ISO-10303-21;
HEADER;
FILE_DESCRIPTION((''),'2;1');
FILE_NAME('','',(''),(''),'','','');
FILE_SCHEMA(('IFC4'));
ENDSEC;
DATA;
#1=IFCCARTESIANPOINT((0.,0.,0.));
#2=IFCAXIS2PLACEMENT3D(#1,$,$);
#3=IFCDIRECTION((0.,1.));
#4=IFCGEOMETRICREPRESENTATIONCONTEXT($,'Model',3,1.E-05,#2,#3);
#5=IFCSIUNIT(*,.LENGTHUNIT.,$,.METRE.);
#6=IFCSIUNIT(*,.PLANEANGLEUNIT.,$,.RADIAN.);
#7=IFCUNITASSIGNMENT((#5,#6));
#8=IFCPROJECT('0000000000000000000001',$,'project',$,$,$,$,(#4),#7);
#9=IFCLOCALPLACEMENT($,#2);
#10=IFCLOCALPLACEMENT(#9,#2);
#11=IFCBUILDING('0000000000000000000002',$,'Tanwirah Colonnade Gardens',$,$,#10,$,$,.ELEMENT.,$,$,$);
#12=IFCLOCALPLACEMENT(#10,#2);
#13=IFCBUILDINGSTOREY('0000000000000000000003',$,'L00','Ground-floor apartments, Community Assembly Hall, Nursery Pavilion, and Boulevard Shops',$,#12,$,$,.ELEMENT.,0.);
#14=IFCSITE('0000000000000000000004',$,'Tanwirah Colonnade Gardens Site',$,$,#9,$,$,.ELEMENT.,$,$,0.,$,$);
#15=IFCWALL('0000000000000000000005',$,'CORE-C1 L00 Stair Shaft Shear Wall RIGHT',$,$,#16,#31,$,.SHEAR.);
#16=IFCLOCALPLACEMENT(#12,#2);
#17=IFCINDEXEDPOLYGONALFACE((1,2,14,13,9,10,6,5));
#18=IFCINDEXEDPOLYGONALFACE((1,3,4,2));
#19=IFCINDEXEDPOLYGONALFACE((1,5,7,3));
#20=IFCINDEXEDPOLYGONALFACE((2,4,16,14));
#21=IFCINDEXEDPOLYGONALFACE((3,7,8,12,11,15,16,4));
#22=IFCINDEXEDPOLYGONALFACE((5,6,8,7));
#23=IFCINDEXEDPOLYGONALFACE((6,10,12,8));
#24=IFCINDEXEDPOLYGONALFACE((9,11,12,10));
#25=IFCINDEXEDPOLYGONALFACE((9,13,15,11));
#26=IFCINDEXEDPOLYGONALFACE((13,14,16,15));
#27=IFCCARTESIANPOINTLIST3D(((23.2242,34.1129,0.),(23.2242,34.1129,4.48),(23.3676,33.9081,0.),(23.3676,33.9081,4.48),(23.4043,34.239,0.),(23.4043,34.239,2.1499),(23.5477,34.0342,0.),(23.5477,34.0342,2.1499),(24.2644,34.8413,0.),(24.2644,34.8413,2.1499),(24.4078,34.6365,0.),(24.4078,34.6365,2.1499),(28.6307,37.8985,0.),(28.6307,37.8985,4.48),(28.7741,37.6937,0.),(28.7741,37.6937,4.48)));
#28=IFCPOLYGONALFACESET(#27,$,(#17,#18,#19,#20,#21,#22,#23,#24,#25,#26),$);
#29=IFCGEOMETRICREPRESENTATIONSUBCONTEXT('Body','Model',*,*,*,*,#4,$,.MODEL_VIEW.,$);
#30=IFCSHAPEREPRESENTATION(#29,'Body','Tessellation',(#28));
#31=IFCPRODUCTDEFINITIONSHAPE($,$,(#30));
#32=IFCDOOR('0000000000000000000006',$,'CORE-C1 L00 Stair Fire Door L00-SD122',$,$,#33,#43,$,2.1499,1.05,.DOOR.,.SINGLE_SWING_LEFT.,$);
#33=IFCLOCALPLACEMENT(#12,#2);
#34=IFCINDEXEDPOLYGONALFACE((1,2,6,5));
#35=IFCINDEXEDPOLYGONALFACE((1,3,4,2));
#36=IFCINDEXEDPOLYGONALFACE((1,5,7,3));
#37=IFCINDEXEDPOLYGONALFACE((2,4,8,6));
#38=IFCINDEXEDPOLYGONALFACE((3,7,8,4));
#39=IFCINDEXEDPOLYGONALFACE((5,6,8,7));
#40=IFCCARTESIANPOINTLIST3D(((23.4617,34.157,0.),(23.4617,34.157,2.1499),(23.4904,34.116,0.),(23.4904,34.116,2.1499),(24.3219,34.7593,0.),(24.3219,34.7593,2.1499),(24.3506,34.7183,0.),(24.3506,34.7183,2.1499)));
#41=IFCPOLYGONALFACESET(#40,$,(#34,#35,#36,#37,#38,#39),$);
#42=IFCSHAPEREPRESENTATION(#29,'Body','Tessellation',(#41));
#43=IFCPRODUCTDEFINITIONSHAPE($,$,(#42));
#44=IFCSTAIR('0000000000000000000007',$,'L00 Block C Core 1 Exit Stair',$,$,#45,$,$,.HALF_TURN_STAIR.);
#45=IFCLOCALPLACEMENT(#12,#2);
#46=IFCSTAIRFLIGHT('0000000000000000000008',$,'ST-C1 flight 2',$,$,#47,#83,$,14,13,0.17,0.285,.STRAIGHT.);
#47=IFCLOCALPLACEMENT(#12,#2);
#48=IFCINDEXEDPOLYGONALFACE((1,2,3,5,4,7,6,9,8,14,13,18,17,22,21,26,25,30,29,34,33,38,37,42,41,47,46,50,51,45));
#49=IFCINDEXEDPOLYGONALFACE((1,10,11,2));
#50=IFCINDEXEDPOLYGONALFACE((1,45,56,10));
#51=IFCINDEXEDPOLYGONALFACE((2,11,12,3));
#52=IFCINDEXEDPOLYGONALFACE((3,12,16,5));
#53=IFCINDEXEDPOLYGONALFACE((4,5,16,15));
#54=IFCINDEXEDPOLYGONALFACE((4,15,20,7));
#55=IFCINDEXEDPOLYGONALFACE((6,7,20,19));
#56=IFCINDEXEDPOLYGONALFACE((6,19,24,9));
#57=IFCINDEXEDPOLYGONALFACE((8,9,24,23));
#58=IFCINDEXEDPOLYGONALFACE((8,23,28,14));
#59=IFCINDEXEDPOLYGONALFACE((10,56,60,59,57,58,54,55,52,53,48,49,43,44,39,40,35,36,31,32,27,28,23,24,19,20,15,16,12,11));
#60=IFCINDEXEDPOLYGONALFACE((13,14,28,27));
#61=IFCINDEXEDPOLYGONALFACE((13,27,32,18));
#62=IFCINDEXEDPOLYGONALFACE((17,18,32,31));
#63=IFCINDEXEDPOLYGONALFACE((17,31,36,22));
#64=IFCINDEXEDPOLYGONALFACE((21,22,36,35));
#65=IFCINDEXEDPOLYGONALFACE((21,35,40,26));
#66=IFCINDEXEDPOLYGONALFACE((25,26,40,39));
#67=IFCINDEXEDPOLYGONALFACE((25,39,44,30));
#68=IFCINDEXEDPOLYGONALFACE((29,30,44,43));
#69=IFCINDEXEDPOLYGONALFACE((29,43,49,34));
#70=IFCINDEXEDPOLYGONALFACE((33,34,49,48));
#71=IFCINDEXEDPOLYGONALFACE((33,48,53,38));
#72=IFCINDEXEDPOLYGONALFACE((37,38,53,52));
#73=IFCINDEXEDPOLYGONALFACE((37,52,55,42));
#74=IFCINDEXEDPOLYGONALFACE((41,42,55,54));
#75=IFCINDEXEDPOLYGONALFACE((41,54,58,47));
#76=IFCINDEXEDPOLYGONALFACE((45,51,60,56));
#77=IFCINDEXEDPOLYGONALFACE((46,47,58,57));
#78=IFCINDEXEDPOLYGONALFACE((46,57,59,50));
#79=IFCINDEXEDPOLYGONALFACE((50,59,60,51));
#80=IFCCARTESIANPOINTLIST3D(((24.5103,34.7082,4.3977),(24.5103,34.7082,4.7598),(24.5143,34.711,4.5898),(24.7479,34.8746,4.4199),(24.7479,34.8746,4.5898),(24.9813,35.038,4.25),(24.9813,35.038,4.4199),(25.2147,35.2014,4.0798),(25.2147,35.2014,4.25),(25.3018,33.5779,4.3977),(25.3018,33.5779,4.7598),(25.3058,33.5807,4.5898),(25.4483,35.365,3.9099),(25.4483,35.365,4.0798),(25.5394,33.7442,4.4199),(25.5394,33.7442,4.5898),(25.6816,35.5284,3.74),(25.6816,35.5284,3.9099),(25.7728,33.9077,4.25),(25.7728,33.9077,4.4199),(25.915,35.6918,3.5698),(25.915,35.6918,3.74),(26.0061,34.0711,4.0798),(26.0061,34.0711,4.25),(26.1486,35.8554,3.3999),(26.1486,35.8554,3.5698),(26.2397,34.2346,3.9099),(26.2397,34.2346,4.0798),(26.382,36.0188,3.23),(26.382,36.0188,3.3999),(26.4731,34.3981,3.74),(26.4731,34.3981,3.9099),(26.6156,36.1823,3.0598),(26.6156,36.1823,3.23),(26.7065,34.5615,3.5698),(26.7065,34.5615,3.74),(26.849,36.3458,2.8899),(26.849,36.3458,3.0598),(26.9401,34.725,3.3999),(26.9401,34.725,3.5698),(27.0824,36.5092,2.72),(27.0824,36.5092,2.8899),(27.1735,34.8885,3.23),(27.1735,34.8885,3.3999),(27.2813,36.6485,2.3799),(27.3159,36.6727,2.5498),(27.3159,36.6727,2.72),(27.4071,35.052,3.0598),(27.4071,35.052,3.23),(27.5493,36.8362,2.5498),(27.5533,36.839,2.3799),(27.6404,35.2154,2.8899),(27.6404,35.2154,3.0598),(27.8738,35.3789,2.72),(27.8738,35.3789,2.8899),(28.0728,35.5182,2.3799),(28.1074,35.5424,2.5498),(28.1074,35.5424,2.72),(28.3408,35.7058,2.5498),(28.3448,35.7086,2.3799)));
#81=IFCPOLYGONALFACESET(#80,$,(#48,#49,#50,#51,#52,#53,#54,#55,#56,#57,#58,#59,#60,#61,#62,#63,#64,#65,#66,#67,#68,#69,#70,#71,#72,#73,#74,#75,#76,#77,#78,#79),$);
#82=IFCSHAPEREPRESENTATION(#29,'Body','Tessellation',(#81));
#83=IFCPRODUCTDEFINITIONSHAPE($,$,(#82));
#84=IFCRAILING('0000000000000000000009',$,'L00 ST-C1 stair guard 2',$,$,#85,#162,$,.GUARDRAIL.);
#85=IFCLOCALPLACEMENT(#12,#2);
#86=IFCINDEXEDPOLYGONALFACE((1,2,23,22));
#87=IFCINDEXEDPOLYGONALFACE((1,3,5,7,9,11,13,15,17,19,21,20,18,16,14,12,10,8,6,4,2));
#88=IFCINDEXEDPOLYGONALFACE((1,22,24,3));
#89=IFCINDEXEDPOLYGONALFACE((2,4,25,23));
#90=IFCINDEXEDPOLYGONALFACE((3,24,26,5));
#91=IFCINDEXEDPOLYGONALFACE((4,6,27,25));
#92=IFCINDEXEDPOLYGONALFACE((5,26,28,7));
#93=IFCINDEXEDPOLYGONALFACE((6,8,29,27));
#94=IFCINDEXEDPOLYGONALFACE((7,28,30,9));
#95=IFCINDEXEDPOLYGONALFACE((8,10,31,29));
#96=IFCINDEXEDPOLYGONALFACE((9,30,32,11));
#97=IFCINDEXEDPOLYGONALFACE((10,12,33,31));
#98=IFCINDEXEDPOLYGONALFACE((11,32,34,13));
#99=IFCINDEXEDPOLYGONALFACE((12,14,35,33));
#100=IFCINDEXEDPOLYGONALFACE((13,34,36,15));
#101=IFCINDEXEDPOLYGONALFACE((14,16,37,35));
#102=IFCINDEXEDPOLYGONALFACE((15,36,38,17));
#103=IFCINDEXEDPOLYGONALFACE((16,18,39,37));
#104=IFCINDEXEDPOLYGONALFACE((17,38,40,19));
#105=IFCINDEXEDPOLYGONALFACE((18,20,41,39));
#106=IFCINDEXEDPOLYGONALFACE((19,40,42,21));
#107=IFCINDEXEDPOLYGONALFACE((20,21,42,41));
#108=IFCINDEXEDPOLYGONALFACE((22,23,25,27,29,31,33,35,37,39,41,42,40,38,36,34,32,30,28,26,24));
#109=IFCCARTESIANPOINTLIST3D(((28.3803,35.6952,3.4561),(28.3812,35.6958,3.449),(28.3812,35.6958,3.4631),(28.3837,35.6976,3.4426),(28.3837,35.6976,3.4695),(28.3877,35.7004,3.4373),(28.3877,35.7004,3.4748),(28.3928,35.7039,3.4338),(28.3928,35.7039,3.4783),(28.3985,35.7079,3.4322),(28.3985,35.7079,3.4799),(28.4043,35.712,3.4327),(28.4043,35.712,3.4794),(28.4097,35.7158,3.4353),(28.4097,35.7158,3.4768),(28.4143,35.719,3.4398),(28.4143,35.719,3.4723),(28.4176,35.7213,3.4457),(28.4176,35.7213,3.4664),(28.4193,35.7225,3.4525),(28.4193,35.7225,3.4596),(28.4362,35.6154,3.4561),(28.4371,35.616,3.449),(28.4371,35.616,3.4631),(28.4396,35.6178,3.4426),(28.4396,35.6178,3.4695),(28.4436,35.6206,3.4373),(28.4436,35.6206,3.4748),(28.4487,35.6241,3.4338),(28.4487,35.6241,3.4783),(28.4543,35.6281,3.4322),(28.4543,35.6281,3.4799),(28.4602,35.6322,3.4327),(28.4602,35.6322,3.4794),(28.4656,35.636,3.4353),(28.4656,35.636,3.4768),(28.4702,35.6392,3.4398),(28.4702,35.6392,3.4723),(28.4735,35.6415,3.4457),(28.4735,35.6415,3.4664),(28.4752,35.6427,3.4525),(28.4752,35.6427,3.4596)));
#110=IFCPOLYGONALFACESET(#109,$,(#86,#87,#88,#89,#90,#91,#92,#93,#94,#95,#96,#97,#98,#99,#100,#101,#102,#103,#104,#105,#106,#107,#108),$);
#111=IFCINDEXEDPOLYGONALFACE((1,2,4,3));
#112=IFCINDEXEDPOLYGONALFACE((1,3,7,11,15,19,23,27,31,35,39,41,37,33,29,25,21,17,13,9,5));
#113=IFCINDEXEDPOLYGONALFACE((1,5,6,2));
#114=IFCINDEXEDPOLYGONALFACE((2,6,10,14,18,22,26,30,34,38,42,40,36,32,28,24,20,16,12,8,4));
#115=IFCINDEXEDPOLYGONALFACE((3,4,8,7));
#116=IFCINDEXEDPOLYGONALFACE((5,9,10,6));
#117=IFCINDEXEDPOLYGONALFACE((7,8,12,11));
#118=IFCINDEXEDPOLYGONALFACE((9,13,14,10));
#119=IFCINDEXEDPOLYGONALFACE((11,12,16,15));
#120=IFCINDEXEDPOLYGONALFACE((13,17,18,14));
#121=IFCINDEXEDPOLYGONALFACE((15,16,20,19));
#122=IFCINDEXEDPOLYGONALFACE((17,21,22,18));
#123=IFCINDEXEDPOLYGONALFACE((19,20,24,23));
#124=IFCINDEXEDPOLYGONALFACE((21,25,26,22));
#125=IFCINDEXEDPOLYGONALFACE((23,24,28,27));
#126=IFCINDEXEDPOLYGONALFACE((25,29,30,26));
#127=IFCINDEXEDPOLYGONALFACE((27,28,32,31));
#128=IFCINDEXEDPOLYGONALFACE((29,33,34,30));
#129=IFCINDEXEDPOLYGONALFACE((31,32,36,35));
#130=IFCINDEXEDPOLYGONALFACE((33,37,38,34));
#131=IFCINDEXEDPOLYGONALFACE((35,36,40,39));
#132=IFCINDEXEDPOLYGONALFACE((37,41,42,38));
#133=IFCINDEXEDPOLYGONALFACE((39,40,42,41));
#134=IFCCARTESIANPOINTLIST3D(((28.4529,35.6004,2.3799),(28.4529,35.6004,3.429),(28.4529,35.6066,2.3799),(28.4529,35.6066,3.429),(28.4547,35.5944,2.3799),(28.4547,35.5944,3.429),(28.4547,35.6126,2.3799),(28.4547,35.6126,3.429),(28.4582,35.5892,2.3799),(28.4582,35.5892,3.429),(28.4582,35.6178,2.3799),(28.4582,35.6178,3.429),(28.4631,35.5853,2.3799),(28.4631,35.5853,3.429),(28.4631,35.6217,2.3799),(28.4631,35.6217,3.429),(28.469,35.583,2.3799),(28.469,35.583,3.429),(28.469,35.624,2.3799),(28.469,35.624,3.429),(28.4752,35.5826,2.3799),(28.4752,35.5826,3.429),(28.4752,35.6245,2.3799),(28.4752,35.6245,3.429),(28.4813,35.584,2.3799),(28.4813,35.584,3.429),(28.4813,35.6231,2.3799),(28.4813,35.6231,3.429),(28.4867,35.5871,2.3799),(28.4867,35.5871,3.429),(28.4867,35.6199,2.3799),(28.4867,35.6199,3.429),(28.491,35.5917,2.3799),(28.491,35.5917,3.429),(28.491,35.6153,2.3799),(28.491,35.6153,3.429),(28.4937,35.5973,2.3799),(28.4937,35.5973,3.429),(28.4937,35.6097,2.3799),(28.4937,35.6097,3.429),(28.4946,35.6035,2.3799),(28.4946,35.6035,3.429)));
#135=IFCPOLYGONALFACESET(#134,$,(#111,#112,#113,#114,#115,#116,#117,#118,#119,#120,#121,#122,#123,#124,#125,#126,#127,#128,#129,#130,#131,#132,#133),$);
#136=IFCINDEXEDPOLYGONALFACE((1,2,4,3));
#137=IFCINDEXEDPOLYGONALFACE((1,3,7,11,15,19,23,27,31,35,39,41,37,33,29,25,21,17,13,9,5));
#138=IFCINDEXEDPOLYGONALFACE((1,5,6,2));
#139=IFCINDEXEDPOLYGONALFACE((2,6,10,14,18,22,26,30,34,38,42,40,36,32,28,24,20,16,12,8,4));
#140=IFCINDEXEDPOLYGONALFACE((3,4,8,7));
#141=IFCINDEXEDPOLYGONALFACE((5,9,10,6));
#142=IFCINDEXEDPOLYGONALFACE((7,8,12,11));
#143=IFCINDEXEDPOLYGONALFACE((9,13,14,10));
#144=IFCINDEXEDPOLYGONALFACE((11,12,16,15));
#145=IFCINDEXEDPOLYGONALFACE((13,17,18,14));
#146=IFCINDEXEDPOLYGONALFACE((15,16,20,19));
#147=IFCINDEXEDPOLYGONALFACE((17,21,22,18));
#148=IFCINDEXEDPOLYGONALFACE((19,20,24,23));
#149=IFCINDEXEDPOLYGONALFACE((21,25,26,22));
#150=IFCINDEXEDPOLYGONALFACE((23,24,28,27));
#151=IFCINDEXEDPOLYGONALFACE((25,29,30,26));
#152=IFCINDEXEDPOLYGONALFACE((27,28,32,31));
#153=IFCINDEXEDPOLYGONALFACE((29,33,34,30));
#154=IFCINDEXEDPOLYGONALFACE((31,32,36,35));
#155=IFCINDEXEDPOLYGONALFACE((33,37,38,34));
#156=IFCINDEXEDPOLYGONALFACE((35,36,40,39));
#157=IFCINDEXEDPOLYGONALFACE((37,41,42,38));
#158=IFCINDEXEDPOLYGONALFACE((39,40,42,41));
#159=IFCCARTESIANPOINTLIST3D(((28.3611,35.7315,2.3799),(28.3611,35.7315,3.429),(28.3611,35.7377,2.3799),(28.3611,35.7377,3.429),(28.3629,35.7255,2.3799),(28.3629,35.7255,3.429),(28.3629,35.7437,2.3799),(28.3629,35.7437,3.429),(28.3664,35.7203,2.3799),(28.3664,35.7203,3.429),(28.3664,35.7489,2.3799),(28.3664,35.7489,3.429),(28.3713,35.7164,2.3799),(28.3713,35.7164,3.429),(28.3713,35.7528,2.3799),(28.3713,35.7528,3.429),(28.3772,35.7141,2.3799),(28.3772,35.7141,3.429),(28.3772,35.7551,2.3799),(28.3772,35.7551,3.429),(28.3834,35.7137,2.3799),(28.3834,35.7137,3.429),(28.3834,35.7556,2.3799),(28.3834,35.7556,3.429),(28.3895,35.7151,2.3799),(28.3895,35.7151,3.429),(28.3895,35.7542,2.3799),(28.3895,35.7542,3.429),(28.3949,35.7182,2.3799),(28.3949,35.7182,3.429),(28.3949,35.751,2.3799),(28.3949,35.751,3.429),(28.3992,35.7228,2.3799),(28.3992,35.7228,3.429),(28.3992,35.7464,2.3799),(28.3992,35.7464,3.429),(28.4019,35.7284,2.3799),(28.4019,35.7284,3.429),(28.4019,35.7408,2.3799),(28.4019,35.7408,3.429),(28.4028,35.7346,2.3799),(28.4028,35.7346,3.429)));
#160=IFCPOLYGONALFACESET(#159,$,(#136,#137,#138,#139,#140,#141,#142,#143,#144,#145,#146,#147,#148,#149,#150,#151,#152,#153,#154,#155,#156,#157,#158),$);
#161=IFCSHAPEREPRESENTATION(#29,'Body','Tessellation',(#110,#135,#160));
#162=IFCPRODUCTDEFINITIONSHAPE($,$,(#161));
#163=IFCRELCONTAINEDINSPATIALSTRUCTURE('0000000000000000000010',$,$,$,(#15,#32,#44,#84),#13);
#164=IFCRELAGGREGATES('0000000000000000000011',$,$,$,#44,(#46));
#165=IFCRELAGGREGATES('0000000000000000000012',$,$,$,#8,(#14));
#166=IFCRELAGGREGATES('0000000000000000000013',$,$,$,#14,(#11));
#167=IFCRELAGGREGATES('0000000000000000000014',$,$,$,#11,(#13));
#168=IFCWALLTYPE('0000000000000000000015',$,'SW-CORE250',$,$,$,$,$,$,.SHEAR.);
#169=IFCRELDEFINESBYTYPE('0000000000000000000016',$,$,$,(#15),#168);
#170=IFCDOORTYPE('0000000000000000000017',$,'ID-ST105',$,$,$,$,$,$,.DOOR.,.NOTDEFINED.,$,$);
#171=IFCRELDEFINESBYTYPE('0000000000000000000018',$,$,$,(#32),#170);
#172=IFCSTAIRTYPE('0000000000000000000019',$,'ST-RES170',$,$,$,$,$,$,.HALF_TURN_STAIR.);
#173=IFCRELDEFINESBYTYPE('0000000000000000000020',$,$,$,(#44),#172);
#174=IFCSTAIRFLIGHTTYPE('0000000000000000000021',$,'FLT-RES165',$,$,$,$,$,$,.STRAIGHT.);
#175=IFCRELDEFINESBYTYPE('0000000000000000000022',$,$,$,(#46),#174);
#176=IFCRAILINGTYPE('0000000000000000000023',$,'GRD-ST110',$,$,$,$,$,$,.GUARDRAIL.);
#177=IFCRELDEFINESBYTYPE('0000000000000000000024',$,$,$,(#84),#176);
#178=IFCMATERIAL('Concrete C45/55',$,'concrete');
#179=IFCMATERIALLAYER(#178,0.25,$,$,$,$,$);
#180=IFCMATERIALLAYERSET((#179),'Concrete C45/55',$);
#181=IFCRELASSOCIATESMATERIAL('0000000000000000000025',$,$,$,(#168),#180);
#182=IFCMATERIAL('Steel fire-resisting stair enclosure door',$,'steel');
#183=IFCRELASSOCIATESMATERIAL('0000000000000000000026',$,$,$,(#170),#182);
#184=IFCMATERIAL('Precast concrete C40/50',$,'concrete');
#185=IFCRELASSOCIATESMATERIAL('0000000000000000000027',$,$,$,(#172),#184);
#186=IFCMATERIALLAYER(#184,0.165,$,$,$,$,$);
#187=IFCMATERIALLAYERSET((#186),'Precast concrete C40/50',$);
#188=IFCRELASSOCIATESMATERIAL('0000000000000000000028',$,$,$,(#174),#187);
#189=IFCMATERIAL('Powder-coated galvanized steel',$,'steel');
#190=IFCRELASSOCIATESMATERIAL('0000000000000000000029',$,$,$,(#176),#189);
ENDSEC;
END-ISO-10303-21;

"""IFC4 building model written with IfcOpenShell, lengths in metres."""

from ifc_helpers import new_model, si_unit, direction, frame, frame_2d, origin, origin_2d, place, context, subcontext, project, spatial, polyline, rectangle, circle, outline, extrude, material, layer, layer_set, type_object, element, fill, aggregate, save


model = new_model("IFC4")

# Units and contexts
model_context = context("Model", 3, precision=1e-05, world=origin(), true_north=direction((0.0, 1.0)))
body_context = subcontext(model_context, "Body", "Model", "MODEL_VIEW")
ifc_project = project(units=[si_unit("LENGTHUNIT", "METRE"), si_unit("PLANEANGLEUNIT", "RADIAN")], contexts=[model_context])

# Site, building, storey
site_placement = place(None, origin())
site = spatial("IfcSite", under=ifc_project, at=site_placement, Name="Tanwirah Colonnade Gardens Site", CompositionType="ELEMENT", RefElevation=0.0)
building_placement = place(site_placement, origin())
building = spatial("IfcBuilding", under=site, at=building_placement, Name="Tanwirah Colonnade Gardens", CompositionType="ELEMENT")
storey_placement = place(building_placement, origin())
storey = spatial("IfcBuildingStorey", under=building, at=storey_placement, Name="L00", Description="Ground-floor apartments, Community Assembly Hall, Nursery Pavilion, and Boulevard Shops", CompositionType="ELEMENT", Elevation=0.0)

# Shared definitions
ifc_material_1 = material(Name="Concrete C45/55", Category="concrete")
ifc_layer_1 = layer(ifc_material_1, 0.25)
ifc_layer_set_1 = layer_set([ifc_layer_1], Name="Concrete C45/55")
wall_type_1 = type_object("IfcWallType", Name="SW-CORE250", PredefinedType="SHEAR", material=ifc_layer_set_1)

# Wall, opening, door
wall_1_placement = place(storey_placement, frame((23.2959, 34.0105, 0.0), z_axis=(0.0, 0.0, 1.0), x_axis=(0.819154, 0.573574, 0.0)))
wall_1 = element("IfcWall", 1, at=wall_1_placement, inside=storey, type_object=wall_type_1, Name="CORE-C1 L00 Stair Shaft Shear Wall RIGHT", PredefinedType="SHEAR", context=body_context, shape_type="SweptSolid", body=[
    extrude(rectangle(XDim=6.6001, YDim=0.25, at=frame_2d((3.3, 0.0))), origin(), (0.0, 0.0, 1.0), 4.48),
])
opening_1_placement = place(wall_1_placement, frame((0.22, 0.0, 0.0)))
opening_1 = element("IfcOpeningElement", 2, at=opening_1_placement, cuts=wall_1, PredefinedType="OPENING", context=body_context, shape_type="SweptSolid", body=[
    extrude(rectangle(XDim=1.05, YDim=2.1499, at=frame_2d((0.5249, 1.075))), frame((0.0, 0.135, 0.0), z_axis=(0.0, -1.0, 0.0), x_axis=(1.0, 0.0, 0.0)), (0.0, 0.0, 1.0), 0.27),
])
ifc_material_2 = material(Name="Steel fire-resisting stair enclosure door", Category="steel")
door_type_1 = type_object("IfcDoorType", Name="ID-ST105", OperationType="NOTDEFINED", PredefinedType="DOOR", material=ifc_material_2)
door_1_placement = place(opening_1_placement, origin())
door_1 = element("IfcDoor", 3, at=door_1_placement, inside=storey, type_object=door_type_1, Name="CORE-C1 L00 Stair Fire Door L00-SD122", OperationType="SINGLE_SWING_LEFT", OverallHeight=2.1499, OverallWidth=1.05, PredefinedType="DOOR", context=body_context, shape_type="SweptSolid", body=[
    extrude(rectangle(XDim=1.05, YDim=2.1499, at=frame_2d((0.5249, 1.075))), frame((0.0, 0.0249, 0.0), z_axis=(0.0, -1.0, 0.0), x_axis=(1.0, 0.0, 0.0)), (0.0, 0.0, 1.0), 0.05),
])
fill(opening_1, door_1)

# Stair, stair flight
ifc_material_3 = material(Name="Precast concrete C40/50", Category="concrete")
stair_type = type_object("IfcStairType", Name="ST-RES170", PredefinedType="HALF_TURN_STAIR", material=ifc_material_3)
stair_placement = place(storey_placement, origin())
stair = element("IfcStair", 4, at=stair_placement, inside=storey, type_object=stair_type, Name="L00 Block C Core 1 Exit Stair", PredefinedType="HALF_TURN_STAIR")
ifc_layer_2 = layer(ifc_material_3, 0.165)
ifc_layer_set_2 = layer_set([ifc_layer_2], Name="Precast concrete C40/50")
stair_flight_type = type_object("IfcStairFlightType", Name="FLT-RES165", PredefinedType="STRAIGHT", material=ifc_layer_set_2)
stair_flight_placement = place(storey_placement, frame((27.9451, 36.271, 2.3799), z_axis=(0.0, 0.0, 1.0), x_axis=(-0.819152, -0.573576, 0.0)))
stair_flight = element("IfcStairFlight", 5, at=stair_flight_placement, type_object=stair_flight_type, Name="ST-C1 flight 2", NumberOfRisers=14, NumberOfTreads=13, PredefinedType="STRAIGHT", RiserHeight=0.17, TreadLength=0.285, context=body_context, shape_type="SweptSolid", body=[
    extrude(outline(polyline([(-0.0049, 0.0), (0.0, 0.1699), (0.2849, 0.1699), (0.2849, 0.3401), (0.5701, 0.3401), (0.5701, 0.51), (0.855, 0.51), (0.855, 0.6799), (1.1399, 0.6799), (1.1399, 0.8501), (1.425, 0.8501), (1.425, 1.02), (1.71, 1.02), (1.71, 1.1899), (1.9951, 1.1899), (1.9951, 1.3601), (2.28, 1.3601), (2.28, 1.53), (2.5649, 1.53), (2.5649, 1.7), (2.8501, 1.7), (2.8501, 1.8701), (3.135, 1.8701), (3.135, 2.04), (3.4199, 2.04), (3.4199, 2.21), (3.7051, 2.21), (3.71, 2.3799), (3.71, 2.0178), (0.3271, 0.0), (-0.0049, 0.0)])), frame((0.0, 0.6899, 0.0), z_axis=(0.0, -1.0, 0.0), x_axis=(1.0, 0.0, 0.0)), (0.0, 0.0, 1.0), 1.3799),
])
aggregate(stair, [stair_flight])

# Railing
ifc_material_4 = material(Name="Powder-coated galvanized steel", Category="steel")
railing_type_1 = type_object("IfcRailingType", Name="GRD-ST110", PredefinedType="GUARDRAIL", material=ifc_material_4)
railing_1_placement = place(storey_placement, frame((28.4736, 35.6035, 2.3799)))
element("IfcRailing", 6, at=railing_1_placement, inside=storey, type_object=railing_type_1, Name="L00 ST-C1 stair guard 2", PredefinedType="GUARDRAIL", context=body_context, shape_type="SweptSolid", body=[
    extrude(circle(Radius=0.0239, at=origin_2d()), frame((-0.0178, 0.0256, 1.0762), z_axis=(-0.573565, 0.81916, 0.0), x_axis=(-0.81916, -0.573565, 0.0)), (0.0, 0.0, 1.0), 0.0974),
    extrude(circle(Radius=0.021, at=origin_2d()), origin(), (0.0, 0.0, 1.0), 1.0491),
    extrude(circle(Radius=0.021, at=origin_2d()), frame((-0.0918, 0.1311, 0.0)), (0.0, 0.0, 1.0), 1.0491),
])

save(model, "model.ifc")
